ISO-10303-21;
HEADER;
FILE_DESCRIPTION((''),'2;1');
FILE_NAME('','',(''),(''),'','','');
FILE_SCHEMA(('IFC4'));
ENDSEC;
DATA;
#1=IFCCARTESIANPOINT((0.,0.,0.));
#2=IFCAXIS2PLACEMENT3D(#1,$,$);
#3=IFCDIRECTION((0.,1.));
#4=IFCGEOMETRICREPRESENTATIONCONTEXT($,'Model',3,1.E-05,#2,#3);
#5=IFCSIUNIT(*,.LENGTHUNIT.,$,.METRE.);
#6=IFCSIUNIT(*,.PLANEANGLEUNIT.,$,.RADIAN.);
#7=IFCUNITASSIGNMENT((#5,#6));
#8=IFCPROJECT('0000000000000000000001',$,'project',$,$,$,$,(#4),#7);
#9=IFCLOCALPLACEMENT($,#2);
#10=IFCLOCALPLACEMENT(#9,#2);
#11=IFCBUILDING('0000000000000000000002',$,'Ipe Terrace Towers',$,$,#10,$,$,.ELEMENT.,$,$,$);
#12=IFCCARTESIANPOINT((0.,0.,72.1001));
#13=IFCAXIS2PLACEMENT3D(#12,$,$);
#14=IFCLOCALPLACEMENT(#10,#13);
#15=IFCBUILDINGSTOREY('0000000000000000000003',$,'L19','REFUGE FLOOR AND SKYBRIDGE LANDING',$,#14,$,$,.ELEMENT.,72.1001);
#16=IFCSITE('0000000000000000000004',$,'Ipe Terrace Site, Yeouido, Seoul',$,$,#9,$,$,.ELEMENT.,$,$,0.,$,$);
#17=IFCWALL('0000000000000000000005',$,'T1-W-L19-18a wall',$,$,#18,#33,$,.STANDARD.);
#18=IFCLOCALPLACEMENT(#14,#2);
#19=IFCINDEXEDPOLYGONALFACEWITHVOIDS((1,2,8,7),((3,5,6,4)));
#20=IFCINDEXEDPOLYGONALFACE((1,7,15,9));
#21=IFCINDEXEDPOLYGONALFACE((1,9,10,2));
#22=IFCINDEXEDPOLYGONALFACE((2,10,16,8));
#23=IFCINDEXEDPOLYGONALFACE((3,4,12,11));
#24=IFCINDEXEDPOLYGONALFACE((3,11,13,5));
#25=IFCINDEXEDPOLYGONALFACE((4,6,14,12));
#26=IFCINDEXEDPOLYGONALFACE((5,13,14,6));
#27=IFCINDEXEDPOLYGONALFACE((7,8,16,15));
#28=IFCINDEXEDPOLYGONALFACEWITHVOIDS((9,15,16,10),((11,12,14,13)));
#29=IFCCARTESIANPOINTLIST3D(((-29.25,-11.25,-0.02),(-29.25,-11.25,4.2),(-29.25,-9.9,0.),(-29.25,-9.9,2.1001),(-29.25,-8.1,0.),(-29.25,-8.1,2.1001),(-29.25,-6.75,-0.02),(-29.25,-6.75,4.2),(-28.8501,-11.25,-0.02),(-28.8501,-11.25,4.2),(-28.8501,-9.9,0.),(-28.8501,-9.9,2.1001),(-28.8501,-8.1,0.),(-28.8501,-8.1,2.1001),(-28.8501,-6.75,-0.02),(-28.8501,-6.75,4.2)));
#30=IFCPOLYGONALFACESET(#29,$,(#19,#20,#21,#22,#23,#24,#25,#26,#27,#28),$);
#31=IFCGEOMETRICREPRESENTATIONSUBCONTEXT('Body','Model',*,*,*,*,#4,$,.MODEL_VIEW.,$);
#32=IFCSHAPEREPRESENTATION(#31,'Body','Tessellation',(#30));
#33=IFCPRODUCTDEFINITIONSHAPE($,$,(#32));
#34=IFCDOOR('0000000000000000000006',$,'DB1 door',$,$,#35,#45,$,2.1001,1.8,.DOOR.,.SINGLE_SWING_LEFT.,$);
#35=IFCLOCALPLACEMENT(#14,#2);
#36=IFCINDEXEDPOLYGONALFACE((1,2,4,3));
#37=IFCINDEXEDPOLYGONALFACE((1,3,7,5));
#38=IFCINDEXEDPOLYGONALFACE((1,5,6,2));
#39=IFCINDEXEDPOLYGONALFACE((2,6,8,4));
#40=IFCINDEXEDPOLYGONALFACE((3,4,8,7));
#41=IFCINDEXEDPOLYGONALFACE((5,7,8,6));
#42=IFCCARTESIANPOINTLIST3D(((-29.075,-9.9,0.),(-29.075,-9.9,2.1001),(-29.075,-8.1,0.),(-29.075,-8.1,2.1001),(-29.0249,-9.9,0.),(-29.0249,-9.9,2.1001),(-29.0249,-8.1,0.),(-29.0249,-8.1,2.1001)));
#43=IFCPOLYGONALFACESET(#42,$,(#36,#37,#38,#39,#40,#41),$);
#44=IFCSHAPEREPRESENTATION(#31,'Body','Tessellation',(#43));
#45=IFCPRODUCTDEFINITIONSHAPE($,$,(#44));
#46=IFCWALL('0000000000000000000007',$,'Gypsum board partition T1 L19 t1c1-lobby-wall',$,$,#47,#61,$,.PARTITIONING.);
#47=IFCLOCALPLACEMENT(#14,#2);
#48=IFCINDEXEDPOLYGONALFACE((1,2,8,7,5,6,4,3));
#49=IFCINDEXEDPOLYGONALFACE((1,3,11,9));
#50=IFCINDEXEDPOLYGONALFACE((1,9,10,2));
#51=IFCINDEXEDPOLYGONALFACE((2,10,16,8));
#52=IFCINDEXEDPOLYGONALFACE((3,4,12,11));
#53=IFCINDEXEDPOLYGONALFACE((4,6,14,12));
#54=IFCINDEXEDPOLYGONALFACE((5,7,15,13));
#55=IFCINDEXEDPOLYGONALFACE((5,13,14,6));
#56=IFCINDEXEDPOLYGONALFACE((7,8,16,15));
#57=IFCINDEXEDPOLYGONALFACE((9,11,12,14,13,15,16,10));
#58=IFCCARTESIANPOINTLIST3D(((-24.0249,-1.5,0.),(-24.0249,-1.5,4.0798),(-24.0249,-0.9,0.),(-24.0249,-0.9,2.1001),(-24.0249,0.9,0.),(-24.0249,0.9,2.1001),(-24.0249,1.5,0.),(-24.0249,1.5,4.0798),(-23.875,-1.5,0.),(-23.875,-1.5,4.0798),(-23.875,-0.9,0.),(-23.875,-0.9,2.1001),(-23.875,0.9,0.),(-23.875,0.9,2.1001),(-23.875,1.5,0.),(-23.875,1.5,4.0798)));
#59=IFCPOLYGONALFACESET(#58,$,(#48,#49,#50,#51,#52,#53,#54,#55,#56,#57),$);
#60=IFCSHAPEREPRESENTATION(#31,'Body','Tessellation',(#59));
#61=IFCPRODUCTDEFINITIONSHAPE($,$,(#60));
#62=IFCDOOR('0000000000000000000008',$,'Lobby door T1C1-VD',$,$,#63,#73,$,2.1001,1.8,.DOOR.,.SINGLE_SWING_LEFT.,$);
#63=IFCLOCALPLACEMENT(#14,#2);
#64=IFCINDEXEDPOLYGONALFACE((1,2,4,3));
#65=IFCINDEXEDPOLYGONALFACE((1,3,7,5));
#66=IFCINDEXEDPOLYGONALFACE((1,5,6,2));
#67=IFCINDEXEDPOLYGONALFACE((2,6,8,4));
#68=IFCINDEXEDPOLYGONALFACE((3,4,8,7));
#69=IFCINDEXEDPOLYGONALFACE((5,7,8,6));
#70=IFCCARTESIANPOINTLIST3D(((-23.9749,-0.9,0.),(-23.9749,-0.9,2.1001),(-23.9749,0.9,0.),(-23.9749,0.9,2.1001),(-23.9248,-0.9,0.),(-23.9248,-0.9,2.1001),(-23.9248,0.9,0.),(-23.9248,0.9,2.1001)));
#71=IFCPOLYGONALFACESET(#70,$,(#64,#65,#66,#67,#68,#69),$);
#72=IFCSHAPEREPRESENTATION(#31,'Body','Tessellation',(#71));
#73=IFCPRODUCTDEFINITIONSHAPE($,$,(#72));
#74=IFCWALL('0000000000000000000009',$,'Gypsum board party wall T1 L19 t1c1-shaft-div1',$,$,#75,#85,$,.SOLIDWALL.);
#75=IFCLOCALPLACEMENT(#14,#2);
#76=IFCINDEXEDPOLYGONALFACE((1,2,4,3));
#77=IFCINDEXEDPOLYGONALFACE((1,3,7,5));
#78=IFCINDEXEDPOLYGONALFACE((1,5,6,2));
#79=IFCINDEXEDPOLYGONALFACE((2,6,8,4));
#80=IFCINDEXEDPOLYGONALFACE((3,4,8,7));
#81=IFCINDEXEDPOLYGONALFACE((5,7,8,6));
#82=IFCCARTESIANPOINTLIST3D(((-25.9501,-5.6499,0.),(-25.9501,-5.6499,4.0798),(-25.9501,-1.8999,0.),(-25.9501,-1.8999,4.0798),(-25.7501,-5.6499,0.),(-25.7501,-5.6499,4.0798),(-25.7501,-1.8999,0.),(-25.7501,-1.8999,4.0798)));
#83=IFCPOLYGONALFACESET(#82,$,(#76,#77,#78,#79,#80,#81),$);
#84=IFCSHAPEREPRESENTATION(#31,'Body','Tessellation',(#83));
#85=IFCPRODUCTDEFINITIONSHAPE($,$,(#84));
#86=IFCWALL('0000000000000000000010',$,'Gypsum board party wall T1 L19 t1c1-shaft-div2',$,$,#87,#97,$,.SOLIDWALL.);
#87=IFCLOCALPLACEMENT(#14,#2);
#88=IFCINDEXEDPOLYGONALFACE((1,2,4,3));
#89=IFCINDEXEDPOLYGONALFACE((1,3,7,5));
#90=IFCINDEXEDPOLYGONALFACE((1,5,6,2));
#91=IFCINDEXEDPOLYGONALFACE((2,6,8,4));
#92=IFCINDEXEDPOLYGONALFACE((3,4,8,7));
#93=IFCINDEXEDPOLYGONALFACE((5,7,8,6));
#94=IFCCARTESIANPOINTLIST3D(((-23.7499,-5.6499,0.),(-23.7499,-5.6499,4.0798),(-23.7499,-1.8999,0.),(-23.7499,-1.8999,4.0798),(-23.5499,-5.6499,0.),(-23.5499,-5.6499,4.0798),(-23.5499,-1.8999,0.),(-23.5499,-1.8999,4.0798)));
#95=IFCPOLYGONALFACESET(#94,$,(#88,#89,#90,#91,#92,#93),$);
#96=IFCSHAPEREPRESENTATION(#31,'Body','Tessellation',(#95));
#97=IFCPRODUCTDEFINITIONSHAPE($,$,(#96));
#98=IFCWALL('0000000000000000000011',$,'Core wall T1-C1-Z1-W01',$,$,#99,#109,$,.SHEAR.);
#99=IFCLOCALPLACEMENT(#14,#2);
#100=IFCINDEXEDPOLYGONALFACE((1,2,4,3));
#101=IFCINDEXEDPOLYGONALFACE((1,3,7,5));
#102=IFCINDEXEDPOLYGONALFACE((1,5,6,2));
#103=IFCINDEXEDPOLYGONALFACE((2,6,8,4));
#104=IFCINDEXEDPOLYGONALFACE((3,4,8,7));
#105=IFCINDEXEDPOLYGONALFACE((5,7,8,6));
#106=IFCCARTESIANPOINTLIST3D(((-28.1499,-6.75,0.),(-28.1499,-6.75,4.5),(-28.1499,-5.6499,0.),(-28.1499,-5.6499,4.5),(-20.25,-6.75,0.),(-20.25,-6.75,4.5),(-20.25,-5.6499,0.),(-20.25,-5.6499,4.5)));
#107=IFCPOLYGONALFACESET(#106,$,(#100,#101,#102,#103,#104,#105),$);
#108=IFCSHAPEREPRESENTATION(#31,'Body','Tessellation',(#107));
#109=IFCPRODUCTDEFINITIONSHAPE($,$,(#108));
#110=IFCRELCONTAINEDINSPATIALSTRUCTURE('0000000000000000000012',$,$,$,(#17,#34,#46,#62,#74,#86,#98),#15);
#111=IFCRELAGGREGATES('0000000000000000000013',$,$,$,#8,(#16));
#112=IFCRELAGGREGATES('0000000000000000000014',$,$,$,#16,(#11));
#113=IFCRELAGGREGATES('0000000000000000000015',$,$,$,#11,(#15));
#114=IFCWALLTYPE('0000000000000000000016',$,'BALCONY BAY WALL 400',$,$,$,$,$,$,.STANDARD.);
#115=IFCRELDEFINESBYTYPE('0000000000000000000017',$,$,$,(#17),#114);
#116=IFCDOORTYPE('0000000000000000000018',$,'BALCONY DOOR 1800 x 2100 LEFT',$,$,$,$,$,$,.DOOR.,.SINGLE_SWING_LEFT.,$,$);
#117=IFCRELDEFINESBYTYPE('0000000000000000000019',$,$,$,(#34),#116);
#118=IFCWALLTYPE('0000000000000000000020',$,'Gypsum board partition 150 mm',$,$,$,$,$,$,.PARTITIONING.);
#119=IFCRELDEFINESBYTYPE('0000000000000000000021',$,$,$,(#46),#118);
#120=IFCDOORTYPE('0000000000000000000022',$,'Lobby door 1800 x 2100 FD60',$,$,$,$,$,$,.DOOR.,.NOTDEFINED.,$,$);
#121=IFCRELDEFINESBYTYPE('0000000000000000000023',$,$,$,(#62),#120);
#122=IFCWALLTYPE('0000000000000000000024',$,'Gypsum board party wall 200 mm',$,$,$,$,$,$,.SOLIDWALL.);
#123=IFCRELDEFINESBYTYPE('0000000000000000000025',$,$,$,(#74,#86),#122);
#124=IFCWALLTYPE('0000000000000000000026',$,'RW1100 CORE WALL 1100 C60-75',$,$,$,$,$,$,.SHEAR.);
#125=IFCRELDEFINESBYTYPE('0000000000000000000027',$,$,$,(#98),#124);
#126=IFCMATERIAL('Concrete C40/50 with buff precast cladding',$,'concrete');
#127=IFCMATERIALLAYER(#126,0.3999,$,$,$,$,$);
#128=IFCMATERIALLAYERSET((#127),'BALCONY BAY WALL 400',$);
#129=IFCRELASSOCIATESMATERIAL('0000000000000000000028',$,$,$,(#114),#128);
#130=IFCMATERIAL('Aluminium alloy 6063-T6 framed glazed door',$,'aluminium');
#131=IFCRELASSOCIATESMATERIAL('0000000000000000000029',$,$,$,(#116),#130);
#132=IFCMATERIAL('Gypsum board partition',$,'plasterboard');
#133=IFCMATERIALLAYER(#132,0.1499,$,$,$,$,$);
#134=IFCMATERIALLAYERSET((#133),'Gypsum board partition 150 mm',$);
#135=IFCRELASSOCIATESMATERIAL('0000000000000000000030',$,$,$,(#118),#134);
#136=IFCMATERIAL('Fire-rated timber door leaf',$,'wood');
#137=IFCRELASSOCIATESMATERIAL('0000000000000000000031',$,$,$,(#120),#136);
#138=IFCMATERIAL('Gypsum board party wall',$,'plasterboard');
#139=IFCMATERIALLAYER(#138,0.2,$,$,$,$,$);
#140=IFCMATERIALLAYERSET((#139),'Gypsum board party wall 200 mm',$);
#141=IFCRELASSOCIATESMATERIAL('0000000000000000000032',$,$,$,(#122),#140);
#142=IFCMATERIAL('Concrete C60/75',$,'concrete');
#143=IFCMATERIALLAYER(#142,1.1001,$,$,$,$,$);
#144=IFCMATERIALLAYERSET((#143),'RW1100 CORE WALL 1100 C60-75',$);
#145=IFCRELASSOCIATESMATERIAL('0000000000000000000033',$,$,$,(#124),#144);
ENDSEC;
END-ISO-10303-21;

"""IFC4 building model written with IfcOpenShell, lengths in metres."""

from ifc_helpers import new_model, si_unit, direction, frame, frame_2d, origin, place, context, subcontext, project, spatial, rectangle, extrude, material, layer, layer_set, type_object, element, fill, save


model = new_model("IFC4")

# Units and contexts
model_context = context("Model", 3, precision=1e-05, world=origin(), true_north=direction((0.0, 1.0)))
body_context = subcontext(model_context, "Body", "Model", "MODEL_VIEW")
ifc_project = project(units=[si_unit("LENGTHUNIT", "METRE"), si_unit("PLANEANGLEUNIT", "RADIAN")], contexts=[model_context])

# Site, building, storey
site_placement = place(None, origin())
site = spatial("IfcSite", under=ifc_project, at=site_placement, Name="Ipe Terrace Site, Yeouido, Seoul", CompositionType="ELEMENT", RefElevation=0.0)
building_placement = place(site_placement, origin())
building = spatial("IfcBuilding", under=site, at=building_placement, Name="Ipe Terrace Towers", CompositionType="ELEMENT")
storey_placement = place(building_placement, frame((0.0, 0.0, 72.1001)))
storey = spatial("IfcBuildingStorey", under=building, at=storey_placement, Name="L19", Description="REFUGE FLOOR AND SKYBRIDGE LANDING", CompositionType="ELEMENT", Elevation=72.1001)

# Walls, openings, doors
ifc_material_1 = material(Name="Concrete C40/50 with buff precast cladding", Category="concrete")
ifc_layer_1 = layer(ifc_material_1, 0.3999)
ifc_layer_set_1 = layer_set([ifc_layer_1], Name="BALCONY BAY WALL 400")
wall_type_1 = type_object("IfcWallType", Name="BALCONY BAY WALL 400", PredefinedType="STANDARD", material=ifc_layer_set_1)
wall_1_placement = place(storey_placement, frame((-29.05, -11.25, -0.02), z_axis=(0.0, 0.0, 1.0), x_axis=(0.0, 1.0, 0.0)))
wall_1 = element("IfcWall", 1, at=wall_1_placement, inside=storey, type_object=wall_type_1, Name="T1-W-L19-18a wall", PredefinedType="STANDARD", context=body_context, shape_type="SweptSolid", body=[
    extrude(rectangle(XDim=4.5, YDim=0.3999, at=frame_2d((2.25, 0.0))), origin(), (0.0, 0.0, 1.0), 4.22),
])
opening_1_placement = place(wall_1_placement, frame((1.3501, 0.0, 0.02)))
opening_1 = element("IfcOpeningElement", 2, at=opening_1_placement, cuts=wall_1, PredefinedType="OPENING", context=body_context, shape_type="SweptSolid", body=[
    extrude(rectangle(XDim=1.8, YDim=2.1001, at=frame_2d((0.8999, 1.05))), frame((0.0, 0.21, 0.0), z_axis=(0.0, -1.0, 0.0), x_axis=(1.0, 0.0, 0.0)), (0.0, 0.0, 1.0), 0.4199),
])
ifc_material_2 = material(Name="Aluminium alloy 6063-T6 framed glazed door", Category="aluminium")
door_type_1 = type_object("IfcDoorType", Name="BALCONY DOOR 1800 x 2100 LEFT", OperationType="SINGLE_SWING_LEFT", PredefinedType="DOOR", material=ifc_material_2)
door_1_placement = place(opening_1_placement, origin())
door_1 = element("IfcDoor", 3, at=door_1_placement, inside=storey, type_object=door_type_1, Name="DB1 door", OperationType="SINGLE_SWING_LEFT", OverallHeight=2.1001, OverallWidth=1.8, PredefinedType="DOOR", context=body_context, shape_type="SweptSolid", body=[
    extrude(rectangle(XDim=1.8, YDim=2.1001, at=frame_2d((0.8999, 1.05))), frame((0.0, 0.0249, 0.0), z_axis=(0.0, -1.0, 0.0), x_axis=(1.0, 0.0, 0.0)), (0.0, 0.0, 1.0), 0.05),
])
fill(opening_1, door_1)
ifc_material_3 = material(Name="Gypsum board partition", Category="plasterboard")
ifc_layer_2 = layer(ifc_material_3, 0.1499)
ifc_layer_set_2 = layer_set([ifc_layer_2], Name="Gypsum board partition 150 mm")
wall_type_2 = type_object("IfcWallType", Name="Gypsum board partition 150 mm", PredefinedType="PARTITIONING", material=ifc_layer_set_2)
wall_2_placement = place(storey_placement, frame((-23.95, -1.5, 0.0), z_axis=(0.0, 0.0, 1.0), x_axis=(0.0, 1.0, 0.0)))
wall_2 = element("IfcWall", 4, at=wall_2_placement, inside=storey, type_object=wall_type_2, Name="Gypsum board partition T1 L19 t1c1-lobby-wall", PredefinedType="PARTITIONING", context=body_context, shape_type="SweptSolid", body=[
    extrude(rectangle(XDim=3.0, YDim=0.1499, at=frame_2d((1.5, 0.0))), origin(), (0.0, 0.0, 1.0), 4.0798),
])
opening_2_placement = place(wall_2_placement, frame((0.6001, 0.0, 0.0)))
opening_2 = element("IfcOpeningElement", 5, at=opening_2_placement, cuts=wall_2, PredefinedType="OPENING", context=body_context, shape_type="SweptSolid", body=[
    extrude(rectangle(XDim=1.8, YDim=2.1001, at=frame_2d((0.8999, 1.05))), frame((0.0, 0.085, 0.0), z_axis=(0.0, -1.0, 0.0), x_axis=(1.0, 0.0, 0.0)), (0.0, 0.0, 1.0), 0.1699),
])
ifc_material_4 = material(Name="Fire-rated timber door leaf", Category="wood")
door_type_2 = type_object("IfcDoorType", Name="Lobby door 1800 x 2100 FD60", OperationType="NOTDEFINED", PredefinedType="DOOR", material=ifc_material_4)
door_2_placement = place(opening_2_placement, origin())
door_2 = element("IfcDoor", 6, at=door_2_placement, inside=storey, type_object=door_type_2, Name="Lobby door T1C1-VD", OperationType="SINGLE_SWING_LEFT", OverallHeight=2.1001, OverallWidth=1.8, PredefinedType="DOOR", context=body_context, shape_type="SweptSolid", body=[
    extrude(rectangle(XDim=1.8, YDim=2.1001, at=frame_2d((0.8999, 1.05))), frame((0.0, 0.0249, 0.0), z_axis=(0.0, -1.0, 0.0), x_axis=(1.0, 0.0, 0.0)), (0.0, 0.0, 1.0), 0.05),
])
fill(opening_2, door_2)

# Walls
ifc_material_5 = material(Name="Gypsum board party wall", Category="plasterboard")
ifc_layer_3 = layer(ifc_material_5, 0.2)
ifc_layer_set_3 = layer_set([ifc_layer_3], Name="Gypsum board party wall 200 mm")
wall_type_3 = type_object("IfcWallType", Name="Gypsum board party wall 200 mm", PredefinedType="SOLIDWALL", material=ifc_layer_set_3)
for number, where, z_axis, x_axis, name in (
    (7, (-25.8501, -5.6499, 0.0), (0.0, 0.0, 1.0), (0.0, 1.0, 0.0), "Gypsum board party wall T1 L19 t1c1-shaft-div1"),
    (8, (-23.6499, -5.6499, 0.0), (0.0, 0.0, 1.0), (0.0, 1.0, 0.0), "Gypsum board party wall T1 L19 t1c1-shaft-div2"),
):
    element("IfcWall", number, at=place(storey_placement, frame(where, z_axis=z_axis, x_axis=x_axis)), inside=storey, type_object=wall_type_3, Name=name, PredefinedType="SOLIDWALL", context=body_context, shape_type="SweptSolid", body=[
        extrude(rectangle(XDim=3.75, YDim=0.2, at=frame_2d((1.875, 0.0))), origin(), (0.0, 0.0, 1.0), 4.0798),
    ])
ifc_material_6 = material(Name="Concrete C60/75", Category="concrete")
ifc_layer_4 = layer(ifc_material_6, 1.1001)
ifc_layer_set_4 = layer_set([ifc_layer_4], Name="RW1100 CORE WALL 1100 C60-75")
wall_type_4 = type_object("IfcWallType", Name="RW1100 CORE WALL 1100 C60-75", PredefinedType="SHEAR", material=ifc_layer_set_4)
wall_3_placement = place(storey_placement, frame((-28.1499, -6.2, 0.0), z_axis=(0.0, 0.0, 1.0), x_axis=(1.0, 0.0, 0.0)))
element("IfcWall", 9, at=wall_3_placement, inside=storey, type_object=wall_type_4, Name="Core wall T1-C1-Z1-W01", PredefinedType="SHEAR", context=body_context, shape_type="SweptSolid", body=[
    extrude(rectangle(XDim=7.8999, YDim=1.1001, at=frame_2d((3.95, 0.0))), origin(), (0.0, 0.0, 1.0), 4.5),
])

save(model, "model.ifc")
